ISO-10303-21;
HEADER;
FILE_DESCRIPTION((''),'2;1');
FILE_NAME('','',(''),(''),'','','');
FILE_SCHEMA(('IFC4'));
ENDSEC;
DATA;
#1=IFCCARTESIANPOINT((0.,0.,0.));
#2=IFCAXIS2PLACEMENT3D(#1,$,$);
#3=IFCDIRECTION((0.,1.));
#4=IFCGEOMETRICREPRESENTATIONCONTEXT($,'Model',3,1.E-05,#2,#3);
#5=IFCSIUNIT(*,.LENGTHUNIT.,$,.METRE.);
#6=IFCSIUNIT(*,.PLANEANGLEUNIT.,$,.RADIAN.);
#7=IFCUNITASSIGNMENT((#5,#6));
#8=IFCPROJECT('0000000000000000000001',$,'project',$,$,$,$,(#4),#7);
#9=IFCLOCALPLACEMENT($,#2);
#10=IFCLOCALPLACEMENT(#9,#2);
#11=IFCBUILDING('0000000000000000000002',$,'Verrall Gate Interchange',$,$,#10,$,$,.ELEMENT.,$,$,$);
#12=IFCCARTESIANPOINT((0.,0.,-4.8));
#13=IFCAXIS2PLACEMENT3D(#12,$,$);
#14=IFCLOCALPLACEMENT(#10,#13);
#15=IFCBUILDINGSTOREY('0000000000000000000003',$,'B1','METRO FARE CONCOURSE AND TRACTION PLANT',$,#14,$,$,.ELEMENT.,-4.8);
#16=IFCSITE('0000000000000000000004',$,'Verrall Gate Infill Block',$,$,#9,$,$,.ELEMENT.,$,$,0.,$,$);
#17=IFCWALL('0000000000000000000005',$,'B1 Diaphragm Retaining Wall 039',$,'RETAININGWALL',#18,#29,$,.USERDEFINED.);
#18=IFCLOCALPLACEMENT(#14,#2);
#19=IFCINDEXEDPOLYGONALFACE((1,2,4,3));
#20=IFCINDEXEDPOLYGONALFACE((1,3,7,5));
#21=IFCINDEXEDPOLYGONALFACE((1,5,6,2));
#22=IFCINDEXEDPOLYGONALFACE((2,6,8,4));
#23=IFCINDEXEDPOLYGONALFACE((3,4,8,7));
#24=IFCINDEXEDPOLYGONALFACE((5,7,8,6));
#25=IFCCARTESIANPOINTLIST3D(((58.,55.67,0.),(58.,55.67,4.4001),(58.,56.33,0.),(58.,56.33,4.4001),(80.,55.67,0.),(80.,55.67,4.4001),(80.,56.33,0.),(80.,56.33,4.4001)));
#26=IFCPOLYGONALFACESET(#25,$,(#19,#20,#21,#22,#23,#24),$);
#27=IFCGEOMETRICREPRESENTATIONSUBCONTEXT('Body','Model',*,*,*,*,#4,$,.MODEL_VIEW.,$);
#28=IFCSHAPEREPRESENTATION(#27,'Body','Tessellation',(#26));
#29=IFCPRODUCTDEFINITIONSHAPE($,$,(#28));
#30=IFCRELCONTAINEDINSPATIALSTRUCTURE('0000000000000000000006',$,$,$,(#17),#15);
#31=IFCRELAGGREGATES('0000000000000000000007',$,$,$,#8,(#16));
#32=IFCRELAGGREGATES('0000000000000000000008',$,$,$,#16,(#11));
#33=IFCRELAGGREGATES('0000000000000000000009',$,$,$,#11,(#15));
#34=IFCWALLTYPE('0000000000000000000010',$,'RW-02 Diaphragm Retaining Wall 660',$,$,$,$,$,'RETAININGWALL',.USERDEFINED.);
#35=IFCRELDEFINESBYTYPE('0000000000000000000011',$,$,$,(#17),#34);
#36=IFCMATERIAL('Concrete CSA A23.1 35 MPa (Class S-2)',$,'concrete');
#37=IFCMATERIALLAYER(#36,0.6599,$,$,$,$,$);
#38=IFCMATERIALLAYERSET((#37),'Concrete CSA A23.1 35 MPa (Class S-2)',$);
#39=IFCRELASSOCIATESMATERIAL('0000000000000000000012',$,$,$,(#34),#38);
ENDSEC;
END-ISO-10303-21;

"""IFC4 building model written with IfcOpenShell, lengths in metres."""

from ifc_helpers import new_model, si_unit, direction, frame, frame_2d, origin, place, context, subcontext, project, spatial, rectangle, extrude, material, layer, layer_set, type_object, element, save


model = new_model("IFC4")

# Units and contexts
model_context = context("Model", 3, precision=1e-05, world=origin(), true_north=direction((0.0, 1.0)))
body_context = subcontext(model_context, "Body", "Model", "MODEL_VIEW")
ifc_project = project(units=[si_unit("LENGTHUNIT", "METRE"), si_unit("PLANEANGLEUNIT", "RADIAN")], contexts=[model_context])

# Site, building, storey
site_placement = place(None, origin())
site = spatial("IfcSite", under=ifc_project, at=site_placement, Name="Verrall Gate Infill Block", CompositionType="ELEMENT", RefElevation=0.0)
building_placement = place(site_placement, origin())
building = spatial("IfcBuilding", under=site, at=building_placement, Name="Verrall Gate Interchange", CompositionType="ELEMENT")
storey_placement = place(building_placement, frame((0.0, 0.0, -4.8)))
storey = spatial("IfcBuildingStorey", under=building, at=storey_placement, Name="B1", Description="METRO FARE CONCOURSE AND TRACTION PLANT", CompositionType="ELEMENT", Elevation=-4.8)

# Wall
ifc_material_1 = material(Name="Concrete CSA A23.1 35 MPa (Class S-2)", Category="concrete")
ifc_layer = layer(ifc_material_1, 0.6599)
ifc_layer_set = layer_set([ifc_layer], Name="Concrete CSA A23.1 35 MPa (Class S-2)")
wall_type = type_object("IfcWallType", Name="RW-02 Diaphragm Retaining Wall 660", ElementType="RETAININGWALL", PredefinedType="USERDEFINED", material=ifc_layer_set)
wall_placement = place(storey_placement, frame((80.0, 56.0, 0.0), z_axis=(0.0, 0.0, 1.0), x_axis=(-1.0, 0.0, 0.0)))
element("IfcWall", 1, at=wall_placement, inside=storey, type_object=wall_type, Name="B1 Diaphragm Retaining Wall 039", ObjectType="RETAININGWALL", PredefinedType="USERDEFINED", context=body_context, shape_type="SweptSolid", body=[
    extrude(rectangle(XDim=22.0, YDim=0.6599, at=frame_2d((11.0, 0.0))), origin(), (0.0, 0.0, 1.0), 4.4001),
])

save(model, "model.ifc")
